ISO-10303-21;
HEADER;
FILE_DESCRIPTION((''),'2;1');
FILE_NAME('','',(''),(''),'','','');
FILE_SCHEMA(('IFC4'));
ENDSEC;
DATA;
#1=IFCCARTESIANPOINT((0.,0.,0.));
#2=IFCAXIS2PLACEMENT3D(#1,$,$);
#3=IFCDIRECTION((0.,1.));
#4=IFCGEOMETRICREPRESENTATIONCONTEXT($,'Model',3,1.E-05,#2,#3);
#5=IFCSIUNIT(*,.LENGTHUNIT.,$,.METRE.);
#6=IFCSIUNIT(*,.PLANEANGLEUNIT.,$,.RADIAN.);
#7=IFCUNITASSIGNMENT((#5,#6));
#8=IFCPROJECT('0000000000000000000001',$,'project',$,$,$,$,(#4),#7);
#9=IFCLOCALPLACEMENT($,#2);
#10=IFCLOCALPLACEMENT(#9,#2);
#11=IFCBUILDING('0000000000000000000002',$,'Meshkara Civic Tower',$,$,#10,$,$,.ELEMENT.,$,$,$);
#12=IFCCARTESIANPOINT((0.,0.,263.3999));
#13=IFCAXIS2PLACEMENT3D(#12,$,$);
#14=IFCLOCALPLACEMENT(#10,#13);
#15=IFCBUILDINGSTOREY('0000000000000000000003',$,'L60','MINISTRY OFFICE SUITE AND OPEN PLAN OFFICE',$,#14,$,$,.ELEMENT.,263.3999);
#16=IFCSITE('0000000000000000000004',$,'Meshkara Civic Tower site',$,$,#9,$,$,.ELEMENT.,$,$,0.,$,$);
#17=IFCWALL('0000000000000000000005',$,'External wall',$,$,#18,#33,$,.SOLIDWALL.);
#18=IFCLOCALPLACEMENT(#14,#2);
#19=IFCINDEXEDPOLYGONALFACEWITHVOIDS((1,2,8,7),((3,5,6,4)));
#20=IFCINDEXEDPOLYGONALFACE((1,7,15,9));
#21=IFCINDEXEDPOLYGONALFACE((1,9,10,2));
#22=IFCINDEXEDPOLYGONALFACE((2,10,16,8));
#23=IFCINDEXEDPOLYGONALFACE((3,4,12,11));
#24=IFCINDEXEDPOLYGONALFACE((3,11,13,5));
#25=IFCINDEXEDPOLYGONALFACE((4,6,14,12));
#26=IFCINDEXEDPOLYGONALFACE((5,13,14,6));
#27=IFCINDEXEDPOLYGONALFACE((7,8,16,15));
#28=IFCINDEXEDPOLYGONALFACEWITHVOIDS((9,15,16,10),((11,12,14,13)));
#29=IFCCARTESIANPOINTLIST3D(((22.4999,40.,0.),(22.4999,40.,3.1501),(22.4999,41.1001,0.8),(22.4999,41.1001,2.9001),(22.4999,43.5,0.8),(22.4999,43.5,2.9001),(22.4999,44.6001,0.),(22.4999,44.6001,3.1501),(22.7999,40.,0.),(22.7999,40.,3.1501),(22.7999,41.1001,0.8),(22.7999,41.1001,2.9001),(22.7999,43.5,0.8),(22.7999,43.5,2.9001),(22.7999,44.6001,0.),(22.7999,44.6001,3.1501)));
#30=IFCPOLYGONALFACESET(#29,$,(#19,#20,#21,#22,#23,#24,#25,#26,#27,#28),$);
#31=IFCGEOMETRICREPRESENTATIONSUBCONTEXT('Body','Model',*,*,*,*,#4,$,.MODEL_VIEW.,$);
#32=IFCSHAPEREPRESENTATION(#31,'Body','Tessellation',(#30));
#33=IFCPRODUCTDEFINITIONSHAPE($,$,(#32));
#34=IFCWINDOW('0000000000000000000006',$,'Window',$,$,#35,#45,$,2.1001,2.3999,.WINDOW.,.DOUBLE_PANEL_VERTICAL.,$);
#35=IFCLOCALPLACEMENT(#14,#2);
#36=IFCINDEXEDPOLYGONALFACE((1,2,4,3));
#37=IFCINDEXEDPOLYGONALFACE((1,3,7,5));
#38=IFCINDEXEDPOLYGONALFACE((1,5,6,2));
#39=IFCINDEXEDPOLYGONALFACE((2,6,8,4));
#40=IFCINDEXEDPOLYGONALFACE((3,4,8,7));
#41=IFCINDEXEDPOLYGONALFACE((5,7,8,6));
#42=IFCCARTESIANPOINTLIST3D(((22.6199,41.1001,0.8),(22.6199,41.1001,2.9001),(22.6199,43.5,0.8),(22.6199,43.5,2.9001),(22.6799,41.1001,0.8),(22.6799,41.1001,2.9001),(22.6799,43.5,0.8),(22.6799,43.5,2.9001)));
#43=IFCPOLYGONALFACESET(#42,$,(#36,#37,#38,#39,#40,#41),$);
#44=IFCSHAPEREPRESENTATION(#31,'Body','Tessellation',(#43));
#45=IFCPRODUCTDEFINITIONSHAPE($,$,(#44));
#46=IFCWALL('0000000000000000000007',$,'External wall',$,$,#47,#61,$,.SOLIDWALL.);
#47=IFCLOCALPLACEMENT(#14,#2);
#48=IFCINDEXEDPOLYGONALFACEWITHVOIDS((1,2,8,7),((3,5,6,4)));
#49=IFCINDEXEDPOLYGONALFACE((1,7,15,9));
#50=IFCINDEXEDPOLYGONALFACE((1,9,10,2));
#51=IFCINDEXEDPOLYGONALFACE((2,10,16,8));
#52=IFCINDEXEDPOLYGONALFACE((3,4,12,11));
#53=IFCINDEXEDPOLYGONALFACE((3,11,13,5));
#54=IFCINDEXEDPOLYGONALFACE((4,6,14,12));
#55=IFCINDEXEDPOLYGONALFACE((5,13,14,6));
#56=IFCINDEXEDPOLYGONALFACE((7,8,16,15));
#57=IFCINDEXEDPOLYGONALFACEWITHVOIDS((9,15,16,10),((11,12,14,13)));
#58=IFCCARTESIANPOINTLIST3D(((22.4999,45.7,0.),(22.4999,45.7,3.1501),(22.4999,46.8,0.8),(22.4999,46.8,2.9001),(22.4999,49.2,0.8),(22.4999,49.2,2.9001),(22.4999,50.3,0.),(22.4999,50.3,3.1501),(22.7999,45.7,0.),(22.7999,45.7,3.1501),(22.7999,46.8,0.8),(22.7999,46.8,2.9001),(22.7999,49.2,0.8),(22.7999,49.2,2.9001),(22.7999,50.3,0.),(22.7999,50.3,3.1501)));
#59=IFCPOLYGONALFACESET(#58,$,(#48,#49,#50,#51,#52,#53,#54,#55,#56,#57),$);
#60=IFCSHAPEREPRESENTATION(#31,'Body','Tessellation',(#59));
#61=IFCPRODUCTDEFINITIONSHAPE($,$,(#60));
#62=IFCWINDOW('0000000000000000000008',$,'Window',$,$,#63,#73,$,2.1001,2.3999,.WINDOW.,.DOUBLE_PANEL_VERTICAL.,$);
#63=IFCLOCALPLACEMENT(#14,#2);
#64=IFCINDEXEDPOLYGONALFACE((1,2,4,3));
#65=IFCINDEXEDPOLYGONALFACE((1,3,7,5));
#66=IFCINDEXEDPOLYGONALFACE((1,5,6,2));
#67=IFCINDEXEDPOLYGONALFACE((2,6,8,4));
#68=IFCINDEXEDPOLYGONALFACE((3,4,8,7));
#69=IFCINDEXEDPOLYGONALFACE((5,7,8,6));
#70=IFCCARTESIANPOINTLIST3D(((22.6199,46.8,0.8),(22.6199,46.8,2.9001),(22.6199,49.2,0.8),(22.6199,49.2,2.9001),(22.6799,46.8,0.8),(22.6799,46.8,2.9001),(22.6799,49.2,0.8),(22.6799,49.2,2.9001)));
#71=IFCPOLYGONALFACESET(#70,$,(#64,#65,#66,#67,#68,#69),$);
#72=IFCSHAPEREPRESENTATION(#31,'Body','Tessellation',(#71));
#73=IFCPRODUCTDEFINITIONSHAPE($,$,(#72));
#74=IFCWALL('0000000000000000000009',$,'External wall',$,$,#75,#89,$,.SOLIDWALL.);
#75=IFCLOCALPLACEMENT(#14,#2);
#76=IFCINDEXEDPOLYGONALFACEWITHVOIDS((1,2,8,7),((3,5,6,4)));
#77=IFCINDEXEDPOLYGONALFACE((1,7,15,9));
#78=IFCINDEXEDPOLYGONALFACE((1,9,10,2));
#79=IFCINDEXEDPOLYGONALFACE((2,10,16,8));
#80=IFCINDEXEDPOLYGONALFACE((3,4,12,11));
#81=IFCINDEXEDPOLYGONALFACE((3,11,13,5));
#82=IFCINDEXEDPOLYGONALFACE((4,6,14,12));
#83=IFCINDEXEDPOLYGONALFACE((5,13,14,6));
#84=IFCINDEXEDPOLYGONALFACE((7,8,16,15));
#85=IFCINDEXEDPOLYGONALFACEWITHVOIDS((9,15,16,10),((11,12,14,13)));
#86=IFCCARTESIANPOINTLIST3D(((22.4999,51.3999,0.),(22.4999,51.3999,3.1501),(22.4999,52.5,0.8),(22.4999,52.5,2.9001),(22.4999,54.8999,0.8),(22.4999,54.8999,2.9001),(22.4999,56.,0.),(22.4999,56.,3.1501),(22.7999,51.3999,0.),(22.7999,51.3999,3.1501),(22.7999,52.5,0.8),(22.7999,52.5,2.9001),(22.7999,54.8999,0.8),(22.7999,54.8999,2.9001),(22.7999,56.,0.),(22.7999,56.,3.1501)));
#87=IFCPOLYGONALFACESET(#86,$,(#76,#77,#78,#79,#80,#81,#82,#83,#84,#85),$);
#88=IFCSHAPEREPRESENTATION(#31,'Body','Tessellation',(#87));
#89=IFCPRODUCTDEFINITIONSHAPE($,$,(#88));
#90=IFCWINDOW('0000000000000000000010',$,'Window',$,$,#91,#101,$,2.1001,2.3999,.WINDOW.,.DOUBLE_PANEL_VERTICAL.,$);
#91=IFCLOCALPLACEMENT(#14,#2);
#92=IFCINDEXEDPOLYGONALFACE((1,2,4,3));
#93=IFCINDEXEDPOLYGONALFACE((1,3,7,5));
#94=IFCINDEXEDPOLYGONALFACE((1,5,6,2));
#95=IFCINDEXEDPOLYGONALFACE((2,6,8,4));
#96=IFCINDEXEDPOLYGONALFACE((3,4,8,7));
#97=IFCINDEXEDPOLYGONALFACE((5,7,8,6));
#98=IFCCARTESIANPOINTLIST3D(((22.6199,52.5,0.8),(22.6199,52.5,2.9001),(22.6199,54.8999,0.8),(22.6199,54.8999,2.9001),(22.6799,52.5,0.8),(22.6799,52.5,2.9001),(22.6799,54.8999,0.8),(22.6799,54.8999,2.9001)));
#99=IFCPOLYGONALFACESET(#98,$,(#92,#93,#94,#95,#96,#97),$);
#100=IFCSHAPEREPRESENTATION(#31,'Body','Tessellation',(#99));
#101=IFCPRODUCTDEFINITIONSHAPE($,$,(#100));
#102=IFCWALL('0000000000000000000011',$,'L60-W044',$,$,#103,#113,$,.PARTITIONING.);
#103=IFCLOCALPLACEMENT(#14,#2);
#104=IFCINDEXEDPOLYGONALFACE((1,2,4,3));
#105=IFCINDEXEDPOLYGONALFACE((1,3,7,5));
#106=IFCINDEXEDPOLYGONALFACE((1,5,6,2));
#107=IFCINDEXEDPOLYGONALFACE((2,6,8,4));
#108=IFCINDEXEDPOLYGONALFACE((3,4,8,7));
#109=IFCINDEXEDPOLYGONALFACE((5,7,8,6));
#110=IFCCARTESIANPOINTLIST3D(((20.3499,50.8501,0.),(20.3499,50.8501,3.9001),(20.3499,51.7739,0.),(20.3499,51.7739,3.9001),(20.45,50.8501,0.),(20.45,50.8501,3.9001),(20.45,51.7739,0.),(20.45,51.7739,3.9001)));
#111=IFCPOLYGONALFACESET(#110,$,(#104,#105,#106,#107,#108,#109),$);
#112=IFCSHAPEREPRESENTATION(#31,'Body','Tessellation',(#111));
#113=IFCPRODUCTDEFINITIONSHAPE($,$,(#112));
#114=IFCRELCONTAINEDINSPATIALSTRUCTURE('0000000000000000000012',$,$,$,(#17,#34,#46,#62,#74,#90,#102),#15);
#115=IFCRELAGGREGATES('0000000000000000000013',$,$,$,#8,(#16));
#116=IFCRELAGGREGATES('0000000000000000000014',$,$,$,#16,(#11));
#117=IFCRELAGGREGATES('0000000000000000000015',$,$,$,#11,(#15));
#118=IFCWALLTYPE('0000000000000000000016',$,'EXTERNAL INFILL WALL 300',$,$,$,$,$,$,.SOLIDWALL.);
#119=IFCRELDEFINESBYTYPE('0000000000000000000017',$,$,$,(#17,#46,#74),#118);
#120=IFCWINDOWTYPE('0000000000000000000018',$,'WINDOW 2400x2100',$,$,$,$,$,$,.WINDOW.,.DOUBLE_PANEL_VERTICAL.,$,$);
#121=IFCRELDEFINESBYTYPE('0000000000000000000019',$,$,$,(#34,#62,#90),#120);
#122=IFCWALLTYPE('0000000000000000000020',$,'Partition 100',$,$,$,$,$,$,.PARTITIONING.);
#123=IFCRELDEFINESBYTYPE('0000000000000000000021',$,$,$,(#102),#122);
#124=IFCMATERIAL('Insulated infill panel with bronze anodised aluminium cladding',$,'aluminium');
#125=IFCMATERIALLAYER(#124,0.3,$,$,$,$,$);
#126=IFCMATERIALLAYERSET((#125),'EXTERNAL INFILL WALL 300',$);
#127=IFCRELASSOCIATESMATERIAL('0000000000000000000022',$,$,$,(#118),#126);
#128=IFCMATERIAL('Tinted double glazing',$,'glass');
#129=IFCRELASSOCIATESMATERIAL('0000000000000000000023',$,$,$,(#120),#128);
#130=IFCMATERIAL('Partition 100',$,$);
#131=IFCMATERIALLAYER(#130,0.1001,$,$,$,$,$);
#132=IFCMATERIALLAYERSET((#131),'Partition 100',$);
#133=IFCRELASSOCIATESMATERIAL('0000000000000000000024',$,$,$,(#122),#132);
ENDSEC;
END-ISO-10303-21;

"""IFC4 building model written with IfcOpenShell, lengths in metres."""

from ifc_helpers import new_model, si_unit, direction, frame, frame_2d, origin, place, context, subcontext, project, spatial, rectangle, extrude, material, layer, layer_set, type_object, element, fill, save


model = new_model("IFC4")

# Units and contexts
model_context = context("Model", 3, precision=1e-05, world=origin(), true_north=direction((0.0, 1.0)))
body_context = subcontext(model_context, "Body", "Model", "MODEL_VIEW")
ifc_project = project(units=[si_unit("LENGTHUNIT", "METRE"), si_unit("PLANEANGLEUNIT", "RADIAN")], contexts=[model_context])

# Site, building, storey
site_placement = place(None, origin())
site = spatial("IfcSite", under=ifc_project, at=site_placement, Name="Meshkara Civic Tower site", CompositionType="ELEMENT", RefElevation=0.0)
building_placement = place(site_placement, origin())
building = spatial("IfcBuilding", under=site, at=building_placement, Name="Meshkara Civic Tower", CompositionType="ELEMENT")
storey_placement = place(building_placement, frame((0.0, 0.0, 263.3999)))
storey = spatial("IfcBuildingStorey", under=building, at=storey_placement, Name="L60", Description="MINISTRY OFFICE SUITE AND OPEN PLAN OFFICE", CompositionType="ELEMENT", Elevation=263.3999)

# Walls, openings, windows
ifc_material_1 = material(Name="Insulated infill panel with bronze anodised aluminium cladding", Category="aluminium")
ifc_layer_1 = layer(ifc_material_1, 0.3)
ifc_layer_set_1 = layer_set([ifc_layer_1], Name="EXTERNAL INFILL WALL 300")
wall_type_1 = type_object("IfcWallType", Name="EXTERNAL INFILL WALL 300", PredefinedType="SOLIDWALL", material=ifc_layer_set_1)
ifc_material_2 = material(Name="Tinted double glazing", Category="glass")
window_type = type_object("IfcWindowType", Name="WINDOW 2400x2100", PartitioningType="DOUBLE_PANEL_VERTICAL", PredefinedType="WINDOW", material=ifc_material_2)
wall_1_placement = place(storey_placement, frame((22.6499, 40.0, 0.0), z_axis=(0.0, 0.0, 1.0), x_axis=(0.0, 1.0, 0.0)))
wall_1 = element("IfcWall", 1, at=wall_1_placement, inside=storey, type_object=wall_type_1, Name="External wall", PredefinedType="SOLIDWALL", context=body_context, shape_type="SweptSolid", body=[
    extrude(rectangle(XDim=4.6001, YDim=0.3, at=frame_2d((2.3, 0.0))), origin(), (0.0, 0.0, 1.0), 3.1501),
])
opening_1_placement = place(wall_1_placement, frame((1.1001, 0.0, 0.8)))
opening_1 = element("IfcOpeningElement", 2, at=opening_1_placement, cuts=wall_1, PredefinedType="OPENING", context=body_context, shape_type="SweptSolid", body=[
    extrude(rectangle(XDim=2.3999, YDim=2.1001, at=frame_2d((1.2, 1.05))), frame((0.0, 0.1599, 0.0), z_axis=(0.0, -1.0, 0.0), x_axis=(1.0, 0.0, 0.0)), (0.0, 0.0, 1.0), 0.3201),
])
window_1_placement = place(opening_1_placement, origin())
window_1 = element("IfcWindow", 3, at=window_1_placement, inside=storey, type_object=window_type, Name="Window", OverallHeight=2.1001, OverallWidth=2.3999, PartitioningType="DOUBLE_PANEL_VERTICAL", PredefinedType="WINDOW", context=body_context, shape_type="SweptSolid", body=[
    extrude(rectangle(XDim=2.3999, YDim=2.1001, at=frame_2d((1.2, 1.05))), frame((0.0, 0.03, 0.0), z_axis=(0.0, -1.0, 0.0), x_axis=(1.0, 0.0, 0.0)), (0.0, 0.0, 1.0), 0.0601),
])
fill(opening_1, window_1)
wall_2_placement = place(storey_placement, frame((22.6499, 45.7, 0.0), z_axis=(0.0, 0.0, 1.0), x_axis=(0.0, 1.0, 0.0)))
wall_2 = element("IfcWall", 4, at=wall_2_placement, inside=storey, type_object=wall_type_1, Name="External wall", PredefinedType="SOLIDWALL", context=body_context, shape_type="SweptSolid", body=[
    extrude(rectangle(XDim=4.6001, YDim=0.3, at=frame_2d((2.3, 0.0))), origin(), (0.0, 0.0, 1.0), 3.1501),
])
opening_2_placement = place(wall_2_placement, frame((1.1001, 0.0, 0.8)))
opening_2 = element("IfcOpeningElement", 5, at=opening_2_placement, cuts=wall_2, PredefinedType="OPENING", context=body_context, shape_type="SweptSolid", body=[
    extrude(rectangle(XDim=2.3999, YDim=2.1001, at=frame_2d((1.2, 1.05))), frame((0.0, 0.1599, 0.0), z_axis=(0.0, -1.0, 0.0), x_axis=(1.0, 0.0, 0.0)), (0.0, 0.0, 1.0), 0.3201),
])
window_2_placement = place(opening_2_placement, origin())
window_2 = element("IfcWindow", 6, at=window_2_placement, inside=storey, type_object=window_type, Name="Window", OverallHeight=2.1001, OverallWidth=2.3999, PartitioningType="DOUBLE_PANEL_VERTICAL", PredefinedType="WINDOW", context=body_context, shape_type="SweptSolid", body=[
    extrude(rectangle(XDim=2.3999, YDim=2.1001, at=frame_2d((1.2, 1.05))), frame((0.0, 0.03, 0.0), z_axis=(0.0, -1.0, 0.0), x_axis=(1.0, 0.0, 0.0)), (0.0, 0.0, 1.0), 0.0601),
])
fill(opening_2, window_2)
wall_3_placement = place(storey_placement, frame((22.6499, 51.3999, 0.0), z_axis=(0.0, 0.0, 1.0), x_axis=(0.0, 1.0, 0.0)))
wall_3 = element("IfcWall", 7, at=wall_3_placement, inside=storey, type_object=wall_type_1, Name="External wall", PredefinedType="SOLIDWALL", context=body_context, shape_type="SweptSolid", body=[
    extrude(rectangle(XDim=4.6001, YDim=0.3, at=frame_2d((2.3, 0.0))), origin(), (0.0, 0.0, 1.0), 3.1501),
])
opening_3_placement = place(wall_3_placement, frame((1.1001, 0.0, 0.8)))
opening_3 = element("IfcOpeningElement", 8, at=opening_3_placement, cuts=wall_3, PredefinedType="OPENING", context=body_context, shape_type="SweptSolid", body=[
    extrude(rectangle(XDim=2.3999, YDim=2.1001, at=frame_2d((1.2, 1.05))), frame((0.0, 0.1599, 0.0), z_axis=(0.0, -1.0, 0.0), x_axis=(1.0, 0.0, 0.0)), (0.0, 0.0, 1.0), 0.3201),
])
window_3_placement = place(opening_3_placement, origin())
window_3 = element("IfcWindow", 9, at=window_3_placement, inside=storey, type_object=window_type, Name="Window", OverallHeight=2.1001, OverallWidth=2.3999, PartitioningType="DOUBLE_PANEL_VERTICAL", PredefinedType="WINDOW", context=body_context, shape_type="SweptSolid", body=[
    extrude(rectangle(XDim=2.3999, YDim=2.1001, at=frame_2d((1.2, 1.05))), frame((0.0, 0.03, 0.0), z_axis=(0.0, -1.0, 0.0), x_axis=(1.0, 0.0, 0.0)), (0.0, 0.0, 1.0), 0.0601),
])
fill(opening_3, window_3)

# Wall
ifc_material_3 = material(Name="Partition 100")
ifc_layer_2 = layer(ifc_material_3, 0.1001)
ifc_layer_set_2 = layer_set([ifc_layer_2], Name="Partition 100")
wall_type_2 = type_object("IfcWallType", Name="Partition 100", PredefinedType="PARTITIONING", material=ifc_layer_set_2)
wall_4_placement = place(storey_placement, frame((20.3999, 50.8501, 0.0), z_axis=(0.0, 0.0, 1.0), x_axis=(0.0, 1.0, 0.0)))
element("IfcWall", 10, at=wall_4_placement, inside=storey, type_object=wall_type_2, Name="L60-W044", PredefinedType="PARTITIONING", context=body_context, shape_type="SweptSolid", body=[
    extrude(rectangle(XDim=0.9238, YDim=0.1001, at=frame_2d((0.4619, 0.0))), origin(), (0.0, 0.0, 1.0), 3.9001),
])

save(model, "model.ifc")
